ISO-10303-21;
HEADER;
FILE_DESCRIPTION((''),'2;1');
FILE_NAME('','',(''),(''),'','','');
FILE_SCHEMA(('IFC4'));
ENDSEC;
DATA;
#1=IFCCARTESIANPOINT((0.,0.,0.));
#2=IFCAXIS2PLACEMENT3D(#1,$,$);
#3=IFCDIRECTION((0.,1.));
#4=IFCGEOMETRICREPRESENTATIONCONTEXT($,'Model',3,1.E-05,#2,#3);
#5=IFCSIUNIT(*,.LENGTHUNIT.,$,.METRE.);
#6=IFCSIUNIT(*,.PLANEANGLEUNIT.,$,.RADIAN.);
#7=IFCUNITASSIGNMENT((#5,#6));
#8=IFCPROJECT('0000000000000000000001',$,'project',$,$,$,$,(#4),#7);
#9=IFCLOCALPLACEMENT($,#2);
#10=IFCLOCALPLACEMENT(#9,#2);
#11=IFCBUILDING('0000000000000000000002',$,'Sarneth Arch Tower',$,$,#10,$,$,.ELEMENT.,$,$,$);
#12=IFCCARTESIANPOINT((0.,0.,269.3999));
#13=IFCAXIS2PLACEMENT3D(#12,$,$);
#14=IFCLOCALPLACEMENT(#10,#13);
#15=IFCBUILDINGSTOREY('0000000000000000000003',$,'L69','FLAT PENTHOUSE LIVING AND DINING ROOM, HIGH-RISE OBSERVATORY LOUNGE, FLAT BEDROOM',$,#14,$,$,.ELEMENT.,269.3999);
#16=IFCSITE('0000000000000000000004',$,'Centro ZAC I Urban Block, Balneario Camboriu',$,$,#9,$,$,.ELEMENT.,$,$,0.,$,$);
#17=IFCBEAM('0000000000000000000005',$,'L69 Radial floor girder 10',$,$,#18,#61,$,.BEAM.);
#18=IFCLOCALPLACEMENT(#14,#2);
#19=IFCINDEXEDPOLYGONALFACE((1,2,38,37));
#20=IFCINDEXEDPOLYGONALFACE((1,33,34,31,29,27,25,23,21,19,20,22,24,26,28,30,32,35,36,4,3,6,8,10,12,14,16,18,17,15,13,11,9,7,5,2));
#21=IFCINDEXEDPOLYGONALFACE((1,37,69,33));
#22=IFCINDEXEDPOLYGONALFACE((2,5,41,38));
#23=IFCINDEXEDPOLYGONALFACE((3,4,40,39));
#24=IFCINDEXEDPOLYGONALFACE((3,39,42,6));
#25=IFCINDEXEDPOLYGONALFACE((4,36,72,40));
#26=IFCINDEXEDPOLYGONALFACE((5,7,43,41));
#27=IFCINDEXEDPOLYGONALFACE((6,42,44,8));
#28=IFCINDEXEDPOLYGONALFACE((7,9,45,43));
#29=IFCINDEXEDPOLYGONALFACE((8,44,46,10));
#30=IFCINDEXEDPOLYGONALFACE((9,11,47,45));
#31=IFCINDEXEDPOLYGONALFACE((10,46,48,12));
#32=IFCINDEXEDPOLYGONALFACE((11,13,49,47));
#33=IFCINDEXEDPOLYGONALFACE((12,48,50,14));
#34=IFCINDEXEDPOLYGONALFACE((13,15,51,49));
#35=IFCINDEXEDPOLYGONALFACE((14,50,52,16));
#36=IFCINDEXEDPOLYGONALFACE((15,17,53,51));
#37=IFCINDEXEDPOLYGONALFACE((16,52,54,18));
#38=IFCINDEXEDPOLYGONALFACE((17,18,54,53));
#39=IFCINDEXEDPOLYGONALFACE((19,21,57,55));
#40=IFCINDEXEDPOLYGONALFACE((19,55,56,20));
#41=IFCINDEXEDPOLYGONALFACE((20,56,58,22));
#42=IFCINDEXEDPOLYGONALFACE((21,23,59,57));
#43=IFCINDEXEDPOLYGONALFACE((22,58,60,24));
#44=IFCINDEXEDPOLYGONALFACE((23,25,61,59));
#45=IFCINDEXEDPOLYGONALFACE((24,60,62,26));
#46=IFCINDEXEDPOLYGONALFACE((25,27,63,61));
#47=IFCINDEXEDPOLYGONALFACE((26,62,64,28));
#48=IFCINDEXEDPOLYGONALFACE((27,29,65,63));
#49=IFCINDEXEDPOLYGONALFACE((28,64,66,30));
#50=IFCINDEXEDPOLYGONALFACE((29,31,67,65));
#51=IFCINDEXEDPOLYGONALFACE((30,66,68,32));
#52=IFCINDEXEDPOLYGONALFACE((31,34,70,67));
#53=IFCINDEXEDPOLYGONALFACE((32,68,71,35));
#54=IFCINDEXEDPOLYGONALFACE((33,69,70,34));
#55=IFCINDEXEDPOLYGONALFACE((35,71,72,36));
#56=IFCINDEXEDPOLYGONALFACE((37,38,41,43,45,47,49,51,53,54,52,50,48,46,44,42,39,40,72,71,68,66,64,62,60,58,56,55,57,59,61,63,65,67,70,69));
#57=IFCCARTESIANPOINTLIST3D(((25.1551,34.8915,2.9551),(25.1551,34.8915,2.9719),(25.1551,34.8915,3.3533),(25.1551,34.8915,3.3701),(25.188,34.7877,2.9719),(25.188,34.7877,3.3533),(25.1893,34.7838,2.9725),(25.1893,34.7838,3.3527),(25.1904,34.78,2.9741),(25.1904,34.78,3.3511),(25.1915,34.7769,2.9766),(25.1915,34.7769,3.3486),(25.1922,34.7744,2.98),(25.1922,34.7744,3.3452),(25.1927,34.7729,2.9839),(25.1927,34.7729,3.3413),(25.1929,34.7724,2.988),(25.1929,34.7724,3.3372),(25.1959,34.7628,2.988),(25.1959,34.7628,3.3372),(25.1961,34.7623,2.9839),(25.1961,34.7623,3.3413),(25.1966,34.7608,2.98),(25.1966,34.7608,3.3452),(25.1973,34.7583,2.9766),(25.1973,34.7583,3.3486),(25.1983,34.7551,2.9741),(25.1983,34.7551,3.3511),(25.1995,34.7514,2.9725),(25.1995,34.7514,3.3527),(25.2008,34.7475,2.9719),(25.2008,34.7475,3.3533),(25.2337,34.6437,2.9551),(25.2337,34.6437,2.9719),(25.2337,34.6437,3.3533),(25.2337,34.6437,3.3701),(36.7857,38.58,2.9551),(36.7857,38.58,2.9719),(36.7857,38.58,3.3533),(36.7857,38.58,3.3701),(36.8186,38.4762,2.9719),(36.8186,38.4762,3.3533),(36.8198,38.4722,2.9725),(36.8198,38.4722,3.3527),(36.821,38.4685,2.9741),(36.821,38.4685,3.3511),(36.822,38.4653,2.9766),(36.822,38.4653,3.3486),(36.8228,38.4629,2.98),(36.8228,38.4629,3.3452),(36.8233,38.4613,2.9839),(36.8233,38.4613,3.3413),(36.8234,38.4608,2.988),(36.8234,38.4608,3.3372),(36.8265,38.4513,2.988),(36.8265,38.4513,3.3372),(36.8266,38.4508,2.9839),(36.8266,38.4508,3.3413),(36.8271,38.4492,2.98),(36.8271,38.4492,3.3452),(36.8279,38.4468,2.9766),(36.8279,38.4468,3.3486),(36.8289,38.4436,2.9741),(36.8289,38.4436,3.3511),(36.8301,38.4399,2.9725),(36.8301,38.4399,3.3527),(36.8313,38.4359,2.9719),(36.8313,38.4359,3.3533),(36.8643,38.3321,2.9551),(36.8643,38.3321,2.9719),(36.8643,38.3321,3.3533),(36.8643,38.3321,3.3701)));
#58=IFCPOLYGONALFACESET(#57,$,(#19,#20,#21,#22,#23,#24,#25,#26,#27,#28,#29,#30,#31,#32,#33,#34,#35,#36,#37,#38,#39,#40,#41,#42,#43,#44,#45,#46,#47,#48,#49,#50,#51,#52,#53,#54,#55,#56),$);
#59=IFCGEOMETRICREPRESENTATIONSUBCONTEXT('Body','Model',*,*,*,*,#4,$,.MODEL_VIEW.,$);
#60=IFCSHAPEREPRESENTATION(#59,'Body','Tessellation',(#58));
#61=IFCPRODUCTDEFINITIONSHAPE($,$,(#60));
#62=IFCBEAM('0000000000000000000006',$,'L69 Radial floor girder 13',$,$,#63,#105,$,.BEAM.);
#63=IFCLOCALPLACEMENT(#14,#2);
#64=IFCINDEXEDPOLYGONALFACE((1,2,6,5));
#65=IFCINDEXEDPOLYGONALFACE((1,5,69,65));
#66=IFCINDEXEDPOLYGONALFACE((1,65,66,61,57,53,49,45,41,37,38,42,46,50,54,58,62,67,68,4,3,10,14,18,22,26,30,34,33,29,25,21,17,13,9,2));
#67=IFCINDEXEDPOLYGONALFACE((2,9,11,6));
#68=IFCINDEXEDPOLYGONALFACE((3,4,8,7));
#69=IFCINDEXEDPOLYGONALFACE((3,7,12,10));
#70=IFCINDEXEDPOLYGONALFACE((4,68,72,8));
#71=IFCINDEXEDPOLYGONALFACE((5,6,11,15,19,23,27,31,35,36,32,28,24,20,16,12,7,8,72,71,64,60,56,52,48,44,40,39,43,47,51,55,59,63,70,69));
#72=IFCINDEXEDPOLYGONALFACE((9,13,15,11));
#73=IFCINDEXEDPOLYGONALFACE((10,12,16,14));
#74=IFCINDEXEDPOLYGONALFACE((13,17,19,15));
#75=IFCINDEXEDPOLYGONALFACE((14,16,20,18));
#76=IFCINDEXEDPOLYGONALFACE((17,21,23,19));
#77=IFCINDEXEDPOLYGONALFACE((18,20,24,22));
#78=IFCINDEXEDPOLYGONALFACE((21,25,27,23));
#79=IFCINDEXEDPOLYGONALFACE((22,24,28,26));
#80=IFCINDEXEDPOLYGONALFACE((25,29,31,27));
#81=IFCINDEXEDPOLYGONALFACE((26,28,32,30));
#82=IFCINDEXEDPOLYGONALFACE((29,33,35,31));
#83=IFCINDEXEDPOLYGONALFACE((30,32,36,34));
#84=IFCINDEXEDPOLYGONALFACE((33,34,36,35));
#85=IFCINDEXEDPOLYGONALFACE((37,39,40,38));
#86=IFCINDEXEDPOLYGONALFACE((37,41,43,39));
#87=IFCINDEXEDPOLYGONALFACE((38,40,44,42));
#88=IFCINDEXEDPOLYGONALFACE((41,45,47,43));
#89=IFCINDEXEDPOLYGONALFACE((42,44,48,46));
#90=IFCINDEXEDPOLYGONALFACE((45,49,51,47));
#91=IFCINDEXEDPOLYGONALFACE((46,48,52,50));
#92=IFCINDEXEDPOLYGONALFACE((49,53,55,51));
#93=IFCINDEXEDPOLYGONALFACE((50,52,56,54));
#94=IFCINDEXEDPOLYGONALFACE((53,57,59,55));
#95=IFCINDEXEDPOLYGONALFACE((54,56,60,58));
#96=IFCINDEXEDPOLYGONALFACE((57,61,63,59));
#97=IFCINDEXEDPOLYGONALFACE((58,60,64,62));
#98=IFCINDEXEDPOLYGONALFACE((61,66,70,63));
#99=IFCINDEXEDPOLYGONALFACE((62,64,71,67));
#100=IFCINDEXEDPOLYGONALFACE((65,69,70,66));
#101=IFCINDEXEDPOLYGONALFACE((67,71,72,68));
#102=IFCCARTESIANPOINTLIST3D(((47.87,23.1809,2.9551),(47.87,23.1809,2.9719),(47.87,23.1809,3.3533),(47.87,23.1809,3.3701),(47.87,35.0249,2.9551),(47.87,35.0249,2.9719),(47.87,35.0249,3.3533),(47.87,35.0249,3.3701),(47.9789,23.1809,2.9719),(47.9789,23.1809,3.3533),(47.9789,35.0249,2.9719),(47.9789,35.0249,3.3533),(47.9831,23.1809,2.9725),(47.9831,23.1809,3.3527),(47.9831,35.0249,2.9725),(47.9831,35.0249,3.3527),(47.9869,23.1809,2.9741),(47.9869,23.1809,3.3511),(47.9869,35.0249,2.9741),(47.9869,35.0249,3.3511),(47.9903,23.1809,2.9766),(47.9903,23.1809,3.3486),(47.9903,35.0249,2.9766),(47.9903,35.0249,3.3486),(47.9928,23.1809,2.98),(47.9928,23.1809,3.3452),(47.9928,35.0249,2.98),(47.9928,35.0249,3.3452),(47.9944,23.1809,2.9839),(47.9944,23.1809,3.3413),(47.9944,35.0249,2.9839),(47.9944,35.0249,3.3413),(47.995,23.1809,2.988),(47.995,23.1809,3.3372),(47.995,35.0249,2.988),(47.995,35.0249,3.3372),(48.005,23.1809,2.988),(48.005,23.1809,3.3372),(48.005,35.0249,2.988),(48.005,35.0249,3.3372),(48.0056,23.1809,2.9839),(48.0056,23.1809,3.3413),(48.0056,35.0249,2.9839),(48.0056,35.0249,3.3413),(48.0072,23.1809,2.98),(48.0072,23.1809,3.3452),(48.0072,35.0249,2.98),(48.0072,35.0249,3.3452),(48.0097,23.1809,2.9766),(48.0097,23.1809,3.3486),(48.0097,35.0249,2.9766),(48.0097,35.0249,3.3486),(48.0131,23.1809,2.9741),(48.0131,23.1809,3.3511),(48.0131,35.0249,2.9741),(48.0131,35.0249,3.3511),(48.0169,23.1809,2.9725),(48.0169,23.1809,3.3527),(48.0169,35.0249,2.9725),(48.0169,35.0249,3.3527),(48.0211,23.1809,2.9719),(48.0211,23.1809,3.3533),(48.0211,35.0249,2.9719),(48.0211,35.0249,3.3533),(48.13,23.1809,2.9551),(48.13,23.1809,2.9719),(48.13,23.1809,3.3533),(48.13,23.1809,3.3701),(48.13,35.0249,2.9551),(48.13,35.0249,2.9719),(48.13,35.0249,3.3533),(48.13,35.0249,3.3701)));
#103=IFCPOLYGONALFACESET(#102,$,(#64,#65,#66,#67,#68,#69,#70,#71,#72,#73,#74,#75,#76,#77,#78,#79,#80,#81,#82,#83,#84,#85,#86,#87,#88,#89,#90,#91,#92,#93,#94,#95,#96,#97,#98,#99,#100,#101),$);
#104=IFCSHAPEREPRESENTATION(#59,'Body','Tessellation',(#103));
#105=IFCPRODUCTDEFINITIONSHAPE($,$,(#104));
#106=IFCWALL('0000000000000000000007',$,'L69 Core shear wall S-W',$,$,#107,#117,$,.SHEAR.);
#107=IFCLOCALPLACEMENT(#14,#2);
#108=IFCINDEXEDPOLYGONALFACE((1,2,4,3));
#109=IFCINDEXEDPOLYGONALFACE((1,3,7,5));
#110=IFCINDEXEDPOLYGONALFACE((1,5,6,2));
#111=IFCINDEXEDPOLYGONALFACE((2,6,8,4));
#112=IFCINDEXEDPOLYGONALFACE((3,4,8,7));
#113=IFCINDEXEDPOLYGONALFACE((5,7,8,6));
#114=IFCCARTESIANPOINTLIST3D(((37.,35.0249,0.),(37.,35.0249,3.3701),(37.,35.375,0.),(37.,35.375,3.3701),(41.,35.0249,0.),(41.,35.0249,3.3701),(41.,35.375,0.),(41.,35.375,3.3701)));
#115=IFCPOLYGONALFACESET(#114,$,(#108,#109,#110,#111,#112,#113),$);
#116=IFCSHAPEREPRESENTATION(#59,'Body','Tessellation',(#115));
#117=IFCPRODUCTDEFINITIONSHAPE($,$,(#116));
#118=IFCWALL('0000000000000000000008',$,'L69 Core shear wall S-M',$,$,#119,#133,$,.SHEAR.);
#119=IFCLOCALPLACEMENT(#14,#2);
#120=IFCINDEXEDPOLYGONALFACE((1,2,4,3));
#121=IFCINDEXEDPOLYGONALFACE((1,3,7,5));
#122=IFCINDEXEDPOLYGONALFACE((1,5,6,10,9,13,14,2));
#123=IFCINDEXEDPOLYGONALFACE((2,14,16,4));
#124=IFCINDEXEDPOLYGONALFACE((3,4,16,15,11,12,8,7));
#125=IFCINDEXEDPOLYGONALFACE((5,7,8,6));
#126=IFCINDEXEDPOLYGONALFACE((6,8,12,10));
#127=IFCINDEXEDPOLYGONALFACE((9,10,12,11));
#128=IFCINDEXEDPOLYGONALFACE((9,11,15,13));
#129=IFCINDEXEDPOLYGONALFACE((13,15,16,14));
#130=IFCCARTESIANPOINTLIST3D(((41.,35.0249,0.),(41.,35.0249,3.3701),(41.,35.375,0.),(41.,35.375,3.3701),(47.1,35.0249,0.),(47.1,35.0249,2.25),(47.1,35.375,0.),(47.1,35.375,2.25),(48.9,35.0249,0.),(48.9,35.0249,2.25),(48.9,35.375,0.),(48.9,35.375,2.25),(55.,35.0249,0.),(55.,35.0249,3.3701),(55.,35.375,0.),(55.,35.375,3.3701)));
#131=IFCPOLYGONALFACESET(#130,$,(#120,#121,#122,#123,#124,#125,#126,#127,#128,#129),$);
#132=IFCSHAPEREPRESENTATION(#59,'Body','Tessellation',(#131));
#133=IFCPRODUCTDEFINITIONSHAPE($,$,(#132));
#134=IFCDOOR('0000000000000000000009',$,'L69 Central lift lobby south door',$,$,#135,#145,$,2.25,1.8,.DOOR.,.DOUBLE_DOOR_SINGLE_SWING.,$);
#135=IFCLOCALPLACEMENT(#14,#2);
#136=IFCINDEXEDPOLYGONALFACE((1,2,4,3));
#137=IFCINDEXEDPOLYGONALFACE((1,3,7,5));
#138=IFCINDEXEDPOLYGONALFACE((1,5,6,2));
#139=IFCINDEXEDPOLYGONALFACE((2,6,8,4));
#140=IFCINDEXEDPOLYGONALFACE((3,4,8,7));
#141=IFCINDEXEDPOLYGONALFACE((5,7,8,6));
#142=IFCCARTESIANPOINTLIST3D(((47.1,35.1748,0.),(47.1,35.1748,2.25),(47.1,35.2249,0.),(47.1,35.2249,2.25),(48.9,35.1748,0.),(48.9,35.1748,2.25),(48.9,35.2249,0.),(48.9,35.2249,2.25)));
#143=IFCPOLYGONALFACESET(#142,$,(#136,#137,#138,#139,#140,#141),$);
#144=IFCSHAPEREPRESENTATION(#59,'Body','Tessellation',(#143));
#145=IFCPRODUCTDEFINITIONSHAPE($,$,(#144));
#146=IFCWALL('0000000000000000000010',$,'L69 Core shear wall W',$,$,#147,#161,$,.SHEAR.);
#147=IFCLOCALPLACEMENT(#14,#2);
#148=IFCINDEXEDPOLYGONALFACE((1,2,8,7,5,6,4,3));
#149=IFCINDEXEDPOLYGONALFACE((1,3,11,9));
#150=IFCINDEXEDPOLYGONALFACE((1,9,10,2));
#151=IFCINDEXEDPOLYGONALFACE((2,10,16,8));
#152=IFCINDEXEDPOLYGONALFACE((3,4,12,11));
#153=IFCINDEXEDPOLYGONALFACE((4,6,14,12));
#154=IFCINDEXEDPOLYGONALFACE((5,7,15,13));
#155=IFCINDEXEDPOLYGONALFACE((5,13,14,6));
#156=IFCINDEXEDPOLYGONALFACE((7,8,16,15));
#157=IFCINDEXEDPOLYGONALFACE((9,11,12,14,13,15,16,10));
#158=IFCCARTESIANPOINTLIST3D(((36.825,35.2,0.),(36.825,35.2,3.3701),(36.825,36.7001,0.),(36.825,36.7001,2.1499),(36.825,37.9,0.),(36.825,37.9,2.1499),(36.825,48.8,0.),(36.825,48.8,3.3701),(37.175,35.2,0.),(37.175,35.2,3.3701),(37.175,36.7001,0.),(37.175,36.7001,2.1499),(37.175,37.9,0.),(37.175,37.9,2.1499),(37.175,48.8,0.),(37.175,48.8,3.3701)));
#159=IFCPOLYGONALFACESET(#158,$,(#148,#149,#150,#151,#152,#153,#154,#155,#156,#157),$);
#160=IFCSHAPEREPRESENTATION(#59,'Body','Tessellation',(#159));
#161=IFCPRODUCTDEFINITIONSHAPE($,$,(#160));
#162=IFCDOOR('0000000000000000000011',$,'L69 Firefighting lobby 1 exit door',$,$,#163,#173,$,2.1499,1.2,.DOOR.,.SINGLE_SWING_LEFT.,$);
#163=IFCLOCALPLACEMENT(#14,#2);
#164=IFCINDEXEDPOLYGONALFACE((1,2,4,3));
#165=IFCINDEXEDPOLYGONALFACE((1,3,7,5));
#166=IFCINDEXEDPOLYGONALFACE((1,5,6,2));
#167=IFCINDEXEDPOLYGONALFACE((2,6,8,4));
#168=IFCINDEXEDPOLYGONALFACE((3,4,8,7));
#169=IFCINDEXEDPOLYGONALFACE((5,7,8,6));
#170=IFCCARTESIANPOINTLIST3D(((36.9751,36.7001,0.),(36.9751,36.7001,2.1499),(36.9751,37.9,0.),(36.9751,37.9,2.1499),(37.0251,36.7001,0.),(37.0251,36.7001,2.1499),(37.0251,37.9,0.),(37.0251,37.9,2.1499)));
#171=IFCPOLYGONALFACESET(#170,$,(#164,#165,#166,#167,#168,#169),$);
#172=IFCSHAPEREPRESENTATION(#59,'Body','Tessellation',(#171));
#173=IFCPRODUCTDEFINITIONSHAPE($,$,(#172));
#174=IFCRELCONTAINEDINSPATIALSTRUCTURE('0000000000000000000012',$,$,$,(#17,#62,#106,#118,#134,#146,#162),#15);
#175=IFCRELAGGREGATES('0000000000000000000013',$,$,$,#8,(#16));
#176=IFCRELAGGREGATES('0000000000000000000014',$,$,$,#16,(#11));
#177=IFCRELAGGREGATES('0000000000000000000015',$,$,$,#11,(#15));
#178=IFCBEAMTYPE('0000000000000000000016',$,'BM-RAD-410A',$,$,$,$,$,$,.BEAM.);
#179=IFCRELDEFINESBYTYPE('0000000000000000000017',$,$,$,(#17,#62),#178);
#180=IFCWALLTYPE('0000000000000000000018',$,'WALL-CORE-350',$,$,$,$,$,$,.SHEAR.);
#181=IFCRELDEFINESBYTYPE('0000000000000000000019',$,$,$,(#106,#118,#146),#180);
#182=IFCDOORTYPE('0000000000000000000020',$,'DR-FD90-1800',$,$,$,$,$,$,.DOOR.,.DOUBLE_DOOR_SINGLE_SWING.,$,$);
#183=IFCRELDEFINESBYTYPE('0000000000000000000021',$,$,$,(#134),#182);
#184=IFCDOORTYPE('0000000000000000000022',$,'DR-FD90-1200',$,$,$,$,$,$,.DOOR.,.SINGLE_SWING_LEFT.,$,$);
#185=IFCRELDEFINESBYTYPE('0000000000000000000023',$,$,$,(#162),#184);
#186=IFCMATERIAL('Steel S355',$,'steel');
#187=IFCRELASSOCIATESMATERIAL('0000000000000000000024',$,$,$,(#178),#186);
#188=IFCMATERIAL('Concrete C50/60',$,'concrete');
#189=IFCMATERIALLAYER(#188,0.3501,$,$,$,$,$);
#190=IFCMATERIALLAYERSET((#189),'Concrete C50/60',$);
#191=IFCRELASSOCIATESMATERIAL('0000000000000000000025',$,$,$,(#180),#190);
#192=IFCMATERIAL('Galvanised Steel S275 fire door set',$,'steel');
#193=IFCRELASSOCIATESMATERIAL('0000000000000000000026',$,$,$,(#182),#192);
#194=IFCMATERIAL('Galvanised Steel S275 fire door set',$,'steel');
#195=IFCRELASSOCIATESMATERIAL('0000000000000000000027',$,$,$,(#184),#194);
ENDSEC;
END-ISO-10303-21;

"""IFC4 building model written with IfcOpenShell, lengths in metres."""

from ifc_helpers import new_model, si_unit, direction, frame, frame_2d, origin, origin_2d, place, context, subcontext, project, spatial, rectangle, i_section, extrude, material, layer, layer_set, material_profile, profile_set, type_object, element, fill, save


model = new_model("IFC4")

# Units and contexts
model_context = context("Model", 3, precision=1e-05, world=origin(), true_north=direction((0.0, 1.0)))
body_context = subcontext(model_context, "Body", "Model", "MODEL_VIEW")
ifc_project = project(units=[si_unit("LENGTHUNIT", "METRE"), si_unit("PLANEANGLEUNIT", "RADIAN")], contexts=[model_context])

# Site, building, storey
site_placement = place(None, origin())
site = spatial("IfcSite", under=ifc_project, at=site_placement, Name="Centro ZAC I Urban Block, Balneario Camboriu", CompositionType="ELEMENT", RefElevation=0.0)
building_placement = place(site_placement, origin())
building = spatial("IfcBuilding", under=site, at=building_placement, Name="Sarneth Arch Tower", CompositionType="ELEMENT")
storey_placement = place(building_placement, frame((0.0, 0.0, 269.3999)))
storey = spatial("IfcBuildingStorey", under=building, at=storey_placement, Name="L69", Description="FLAT PENTHOUSE LIVING AND DINING ROOM, HIGH-RISE OBSERVATORY LOUNGE, FLAT BEDROOM", CompositionType="ELEMENT", Elevation=269.3999)

# Beams
ifc_material_1 = material(Name="Steel S355", Category="steel")
ifc_material_profile_1 = material_profile(ifc_material_1, i_section(OverallWidth=0.26, OverallDepth=0.415, WebThickness=0.01, FlangeThickness=0.0168, FilletRadius=0.0161, at=origin_2d()), Name="W410x100")
ifc_profile_set_1 = profile_set([ifc_material_profile_1], Name="Steel S355")
beam_type_1 = type_object("IfcBeamType", Name="BM-RAD-410A", PredefinedType="BEAM", material=ifc_profile_set_1)
beam_1_placement = place(storey_placement, frame((36.825, 38.4561, 3.1626), z_axis=(-0.953214, -0.302298, 0.0), x_axis=(0.302298, -0.953214, 0.0)))
element("IfcBeam", 1, at=beam_1_placement, inside=storey, type_object=beam_type_1, Name="L69 Radial floor girder 10", PredefinedType="BEAM", context=body_context, shape_type="SweptSolid", body=[
    extrude(i_section(OverallWidth=0.26, OverallDepth=0.415, WebThickness=0.01, FlangeThickness=0.0168, FilletRadius=0.0161, at=origin_2d()), origin(), (0.0, 0.0, 1.0), 12.2014),
])
beam_2_placement = place(storey_placement, frame((48.0, 35.0249, 3.1626), z_axis=(0.0, -1.0, 0.0), x_axis=(1.0, 0.0, 0.0)))
element("IfcBeam", 2, at=beam_2_placement, inside=storey, type_object=beam_type_1, Name="L69 Radial floor girder 13", PredefinedType="BEAM", context=body_context, shape_type="SweptSolid", body=[
    extrude(i_section(OverallWidth=0.26, OverallDepth=0.415, WebThickness=0.01, FlangeThickness=0.0168, FilletRadius=0.0161, at=origin_2d()), origin(), (0.0, 0.0, 1.0), 11.844),
])

# Wall
ifc_material_2 = material(Name="Concrete C50/60", Category="concrete")
ifc_layer_1 = layer(ifc_material_2, 0.3501)
ifc_layer_set_1 = layer_set([ifc_layer_1], Name="Concrete C50/60")
wall_type_1 = type_object("IfcWallType", Name="WALL-CORE-350", PredefinedType="SHEAR", material=ifc_layer_set_1)
wall_1_placement = place(storey_placement, frame((37.0, 35.2, 0.0), z_axis=(0.0, 0.0, 1.0), x_axis=(1.0, 0.0, 0.0)))
element("IfcWall", 3, at=wall_1_placement, inside=storey, type_object=wall_type_1, Name="L69 Core shear wall S-W", PredefinedType="SHEAR", context=body_context, shape_type="SweptSolid", body=[
    extrude(rectangle(XDim=4.0, YDim=0.3501, at=frame_2d((2.0, 0.0))), origin(), (0.0, 0.0, 1.0), 3.3701),
])

# Walls, openings, doors
wall_2_placement = place(storey_placement, frame((41.0, 35.2, 0.0), z_axis=(0.0, 0.0, 1.0), x_axis=(1.0, 0.0, 0.0)))
wall_2 = element("IfcWall", 4, at=wall_2_placement, inside=storey, type_object=wall_type_1, Name="L69 Core shear wall S-M", PredefinedType="SHEAR", context=body_context, shape_type="SweptSolid", body=[
    extrude(rectangle(XDim=14.0, YDim=0.3501, at=frame_2d((7.0, 0.0))), origin(), (0.0, 0.0, 1.0), 3.3701),
])
opening_1_placement = place(wall_2_placement, frame((6.1001, 0.0, 0.0)))
opening_1 = element("IfcOpeningElement", 5, at=opening_1_placement, cuts=wall_2, PredefinedType="OPENING", context=body_context, shape_type="SweptSolid", body=[
    extrude(rectangle(XDim=1.8, YDim=2.25, at=frame_2d((0.8999, 1.125))), frame((0.0, 0.1851, 0.0), z_axis=(0.0, -1.0, 0.0), x_axis=(1.0, 0.0, 0.0)), (0.0, 0.0, 1.0), 0.3701),
])
ifc_material_3 = material(Name="Galvanised Steel S275 fire door set", Category="steel")
door_type_1 = type_object("IfcDoorType", Name="DR-FD90-1800", OperationType="DOUBLE_DOOR_SINGLE_SWING", PredefinedType="DOOR", material=ifc_material_3)
door_1_placement = place(opening_1_placement, origin())
door_1 = element("IfcDoor", 6, at=door_1_placement, inside=storey, type_object=door_type_1, Name="L69 Central lift lobby south door", OperationType="DOUBLE_DOOR_SINGLE_SWING", OverallHeight=2.25, OverallWidth=1.8, PredefinedType="DOOR", context=body_context, shape_type="SweptSolid", body=[
    extrude(rectangle(XDim=1.8, YDim=2.25, at=frame_2d((0.8999, 1.125))), frame((0.0, 0.0249, 0.0), z_axis=(0.0, -1.0, 0.0), x_axis=(1.0, 0.0, 0.0)), (0.0, 0.0, 1.0), 0.05),
])
fill(opening_1, door_1)
wall_3_placement = place(storey_placement, frame((37.0, 35.2, 0.0), z_axis=(0.0, 0.0, 1.0), x_axis=(0.0, 1.0, 0.0)))
wall_3 = element("IfcWall", 7, at=wall_3_placement, inside=storey, type_object=wall_type_1, Name="L69 Core shear wall W", PredefinedType="SHEAR", context=body_context, shape_type="SweptSolid", body=[
    extrude(rectangle(XDim=13.6001, YDim=0.3501, at=frame_2d((6.8, 0.0))), origin(), (0.0, 0.0, 1.0), 3.3701),
])
opening_2_placement = place(wall_3_placement, frame((1.5, 0.0, 0.0)))
opening_2 = element("IfcOpeningElement", 8, at=opening_2_placement, cuts=wall_3, PredefinedType="OPENING", context=body_context, shape_type="SweptSolid", body=[
    extrude(rectangle(XDim=1.2, YDim=2.1499, at=frame_2d((0.6001, 1.075))), frame((0.0, 0.1851, 0.0), z_axis=(0.0, -1.0, 0.0), x_axis=(1.0, 0.0, 0.0)), (0.0, 0.0, 1.0), 0.3701),
])
ifc_material_4 = material(Name="Galvanised Steel S275 fire door set", Category="steel")
door_type_2 = type_object("IfcDoorType", Name="DR-FD90-1200", OperationType="SINGLE_SWING_LEFT", PredefinedType="DOOR", material=ifc_material_4)
door_2_placement = place(opening_2_placement, origin())
door_2 = element("IfcDoor", 9, at=door_2_placement, inside=storey, type_object=door_type_2, Name="L69 Firefighting lobby 1 exit door", OperationType="SINGLE_SWING_LEFT", OverallHeight=2.1499, OverallWidth=1.2, PredefinedType="DOOR", context=body_context, shape_type="SweptSolid", body=[
    extrude(rectangle(XDim=1.2, YDim=2.1499, at=frame_2d((0.6001, 1.075))), frame((0.0, 0.0249, 0.0), z_axis=(0.0, -1.0, 0.0), x_axis=(1.0, 0.0, 0.0)), (0.0, 0.0, 1.0), 0.05),
])
fill(opening_2, door_2)

save(model, "model.ifc")
